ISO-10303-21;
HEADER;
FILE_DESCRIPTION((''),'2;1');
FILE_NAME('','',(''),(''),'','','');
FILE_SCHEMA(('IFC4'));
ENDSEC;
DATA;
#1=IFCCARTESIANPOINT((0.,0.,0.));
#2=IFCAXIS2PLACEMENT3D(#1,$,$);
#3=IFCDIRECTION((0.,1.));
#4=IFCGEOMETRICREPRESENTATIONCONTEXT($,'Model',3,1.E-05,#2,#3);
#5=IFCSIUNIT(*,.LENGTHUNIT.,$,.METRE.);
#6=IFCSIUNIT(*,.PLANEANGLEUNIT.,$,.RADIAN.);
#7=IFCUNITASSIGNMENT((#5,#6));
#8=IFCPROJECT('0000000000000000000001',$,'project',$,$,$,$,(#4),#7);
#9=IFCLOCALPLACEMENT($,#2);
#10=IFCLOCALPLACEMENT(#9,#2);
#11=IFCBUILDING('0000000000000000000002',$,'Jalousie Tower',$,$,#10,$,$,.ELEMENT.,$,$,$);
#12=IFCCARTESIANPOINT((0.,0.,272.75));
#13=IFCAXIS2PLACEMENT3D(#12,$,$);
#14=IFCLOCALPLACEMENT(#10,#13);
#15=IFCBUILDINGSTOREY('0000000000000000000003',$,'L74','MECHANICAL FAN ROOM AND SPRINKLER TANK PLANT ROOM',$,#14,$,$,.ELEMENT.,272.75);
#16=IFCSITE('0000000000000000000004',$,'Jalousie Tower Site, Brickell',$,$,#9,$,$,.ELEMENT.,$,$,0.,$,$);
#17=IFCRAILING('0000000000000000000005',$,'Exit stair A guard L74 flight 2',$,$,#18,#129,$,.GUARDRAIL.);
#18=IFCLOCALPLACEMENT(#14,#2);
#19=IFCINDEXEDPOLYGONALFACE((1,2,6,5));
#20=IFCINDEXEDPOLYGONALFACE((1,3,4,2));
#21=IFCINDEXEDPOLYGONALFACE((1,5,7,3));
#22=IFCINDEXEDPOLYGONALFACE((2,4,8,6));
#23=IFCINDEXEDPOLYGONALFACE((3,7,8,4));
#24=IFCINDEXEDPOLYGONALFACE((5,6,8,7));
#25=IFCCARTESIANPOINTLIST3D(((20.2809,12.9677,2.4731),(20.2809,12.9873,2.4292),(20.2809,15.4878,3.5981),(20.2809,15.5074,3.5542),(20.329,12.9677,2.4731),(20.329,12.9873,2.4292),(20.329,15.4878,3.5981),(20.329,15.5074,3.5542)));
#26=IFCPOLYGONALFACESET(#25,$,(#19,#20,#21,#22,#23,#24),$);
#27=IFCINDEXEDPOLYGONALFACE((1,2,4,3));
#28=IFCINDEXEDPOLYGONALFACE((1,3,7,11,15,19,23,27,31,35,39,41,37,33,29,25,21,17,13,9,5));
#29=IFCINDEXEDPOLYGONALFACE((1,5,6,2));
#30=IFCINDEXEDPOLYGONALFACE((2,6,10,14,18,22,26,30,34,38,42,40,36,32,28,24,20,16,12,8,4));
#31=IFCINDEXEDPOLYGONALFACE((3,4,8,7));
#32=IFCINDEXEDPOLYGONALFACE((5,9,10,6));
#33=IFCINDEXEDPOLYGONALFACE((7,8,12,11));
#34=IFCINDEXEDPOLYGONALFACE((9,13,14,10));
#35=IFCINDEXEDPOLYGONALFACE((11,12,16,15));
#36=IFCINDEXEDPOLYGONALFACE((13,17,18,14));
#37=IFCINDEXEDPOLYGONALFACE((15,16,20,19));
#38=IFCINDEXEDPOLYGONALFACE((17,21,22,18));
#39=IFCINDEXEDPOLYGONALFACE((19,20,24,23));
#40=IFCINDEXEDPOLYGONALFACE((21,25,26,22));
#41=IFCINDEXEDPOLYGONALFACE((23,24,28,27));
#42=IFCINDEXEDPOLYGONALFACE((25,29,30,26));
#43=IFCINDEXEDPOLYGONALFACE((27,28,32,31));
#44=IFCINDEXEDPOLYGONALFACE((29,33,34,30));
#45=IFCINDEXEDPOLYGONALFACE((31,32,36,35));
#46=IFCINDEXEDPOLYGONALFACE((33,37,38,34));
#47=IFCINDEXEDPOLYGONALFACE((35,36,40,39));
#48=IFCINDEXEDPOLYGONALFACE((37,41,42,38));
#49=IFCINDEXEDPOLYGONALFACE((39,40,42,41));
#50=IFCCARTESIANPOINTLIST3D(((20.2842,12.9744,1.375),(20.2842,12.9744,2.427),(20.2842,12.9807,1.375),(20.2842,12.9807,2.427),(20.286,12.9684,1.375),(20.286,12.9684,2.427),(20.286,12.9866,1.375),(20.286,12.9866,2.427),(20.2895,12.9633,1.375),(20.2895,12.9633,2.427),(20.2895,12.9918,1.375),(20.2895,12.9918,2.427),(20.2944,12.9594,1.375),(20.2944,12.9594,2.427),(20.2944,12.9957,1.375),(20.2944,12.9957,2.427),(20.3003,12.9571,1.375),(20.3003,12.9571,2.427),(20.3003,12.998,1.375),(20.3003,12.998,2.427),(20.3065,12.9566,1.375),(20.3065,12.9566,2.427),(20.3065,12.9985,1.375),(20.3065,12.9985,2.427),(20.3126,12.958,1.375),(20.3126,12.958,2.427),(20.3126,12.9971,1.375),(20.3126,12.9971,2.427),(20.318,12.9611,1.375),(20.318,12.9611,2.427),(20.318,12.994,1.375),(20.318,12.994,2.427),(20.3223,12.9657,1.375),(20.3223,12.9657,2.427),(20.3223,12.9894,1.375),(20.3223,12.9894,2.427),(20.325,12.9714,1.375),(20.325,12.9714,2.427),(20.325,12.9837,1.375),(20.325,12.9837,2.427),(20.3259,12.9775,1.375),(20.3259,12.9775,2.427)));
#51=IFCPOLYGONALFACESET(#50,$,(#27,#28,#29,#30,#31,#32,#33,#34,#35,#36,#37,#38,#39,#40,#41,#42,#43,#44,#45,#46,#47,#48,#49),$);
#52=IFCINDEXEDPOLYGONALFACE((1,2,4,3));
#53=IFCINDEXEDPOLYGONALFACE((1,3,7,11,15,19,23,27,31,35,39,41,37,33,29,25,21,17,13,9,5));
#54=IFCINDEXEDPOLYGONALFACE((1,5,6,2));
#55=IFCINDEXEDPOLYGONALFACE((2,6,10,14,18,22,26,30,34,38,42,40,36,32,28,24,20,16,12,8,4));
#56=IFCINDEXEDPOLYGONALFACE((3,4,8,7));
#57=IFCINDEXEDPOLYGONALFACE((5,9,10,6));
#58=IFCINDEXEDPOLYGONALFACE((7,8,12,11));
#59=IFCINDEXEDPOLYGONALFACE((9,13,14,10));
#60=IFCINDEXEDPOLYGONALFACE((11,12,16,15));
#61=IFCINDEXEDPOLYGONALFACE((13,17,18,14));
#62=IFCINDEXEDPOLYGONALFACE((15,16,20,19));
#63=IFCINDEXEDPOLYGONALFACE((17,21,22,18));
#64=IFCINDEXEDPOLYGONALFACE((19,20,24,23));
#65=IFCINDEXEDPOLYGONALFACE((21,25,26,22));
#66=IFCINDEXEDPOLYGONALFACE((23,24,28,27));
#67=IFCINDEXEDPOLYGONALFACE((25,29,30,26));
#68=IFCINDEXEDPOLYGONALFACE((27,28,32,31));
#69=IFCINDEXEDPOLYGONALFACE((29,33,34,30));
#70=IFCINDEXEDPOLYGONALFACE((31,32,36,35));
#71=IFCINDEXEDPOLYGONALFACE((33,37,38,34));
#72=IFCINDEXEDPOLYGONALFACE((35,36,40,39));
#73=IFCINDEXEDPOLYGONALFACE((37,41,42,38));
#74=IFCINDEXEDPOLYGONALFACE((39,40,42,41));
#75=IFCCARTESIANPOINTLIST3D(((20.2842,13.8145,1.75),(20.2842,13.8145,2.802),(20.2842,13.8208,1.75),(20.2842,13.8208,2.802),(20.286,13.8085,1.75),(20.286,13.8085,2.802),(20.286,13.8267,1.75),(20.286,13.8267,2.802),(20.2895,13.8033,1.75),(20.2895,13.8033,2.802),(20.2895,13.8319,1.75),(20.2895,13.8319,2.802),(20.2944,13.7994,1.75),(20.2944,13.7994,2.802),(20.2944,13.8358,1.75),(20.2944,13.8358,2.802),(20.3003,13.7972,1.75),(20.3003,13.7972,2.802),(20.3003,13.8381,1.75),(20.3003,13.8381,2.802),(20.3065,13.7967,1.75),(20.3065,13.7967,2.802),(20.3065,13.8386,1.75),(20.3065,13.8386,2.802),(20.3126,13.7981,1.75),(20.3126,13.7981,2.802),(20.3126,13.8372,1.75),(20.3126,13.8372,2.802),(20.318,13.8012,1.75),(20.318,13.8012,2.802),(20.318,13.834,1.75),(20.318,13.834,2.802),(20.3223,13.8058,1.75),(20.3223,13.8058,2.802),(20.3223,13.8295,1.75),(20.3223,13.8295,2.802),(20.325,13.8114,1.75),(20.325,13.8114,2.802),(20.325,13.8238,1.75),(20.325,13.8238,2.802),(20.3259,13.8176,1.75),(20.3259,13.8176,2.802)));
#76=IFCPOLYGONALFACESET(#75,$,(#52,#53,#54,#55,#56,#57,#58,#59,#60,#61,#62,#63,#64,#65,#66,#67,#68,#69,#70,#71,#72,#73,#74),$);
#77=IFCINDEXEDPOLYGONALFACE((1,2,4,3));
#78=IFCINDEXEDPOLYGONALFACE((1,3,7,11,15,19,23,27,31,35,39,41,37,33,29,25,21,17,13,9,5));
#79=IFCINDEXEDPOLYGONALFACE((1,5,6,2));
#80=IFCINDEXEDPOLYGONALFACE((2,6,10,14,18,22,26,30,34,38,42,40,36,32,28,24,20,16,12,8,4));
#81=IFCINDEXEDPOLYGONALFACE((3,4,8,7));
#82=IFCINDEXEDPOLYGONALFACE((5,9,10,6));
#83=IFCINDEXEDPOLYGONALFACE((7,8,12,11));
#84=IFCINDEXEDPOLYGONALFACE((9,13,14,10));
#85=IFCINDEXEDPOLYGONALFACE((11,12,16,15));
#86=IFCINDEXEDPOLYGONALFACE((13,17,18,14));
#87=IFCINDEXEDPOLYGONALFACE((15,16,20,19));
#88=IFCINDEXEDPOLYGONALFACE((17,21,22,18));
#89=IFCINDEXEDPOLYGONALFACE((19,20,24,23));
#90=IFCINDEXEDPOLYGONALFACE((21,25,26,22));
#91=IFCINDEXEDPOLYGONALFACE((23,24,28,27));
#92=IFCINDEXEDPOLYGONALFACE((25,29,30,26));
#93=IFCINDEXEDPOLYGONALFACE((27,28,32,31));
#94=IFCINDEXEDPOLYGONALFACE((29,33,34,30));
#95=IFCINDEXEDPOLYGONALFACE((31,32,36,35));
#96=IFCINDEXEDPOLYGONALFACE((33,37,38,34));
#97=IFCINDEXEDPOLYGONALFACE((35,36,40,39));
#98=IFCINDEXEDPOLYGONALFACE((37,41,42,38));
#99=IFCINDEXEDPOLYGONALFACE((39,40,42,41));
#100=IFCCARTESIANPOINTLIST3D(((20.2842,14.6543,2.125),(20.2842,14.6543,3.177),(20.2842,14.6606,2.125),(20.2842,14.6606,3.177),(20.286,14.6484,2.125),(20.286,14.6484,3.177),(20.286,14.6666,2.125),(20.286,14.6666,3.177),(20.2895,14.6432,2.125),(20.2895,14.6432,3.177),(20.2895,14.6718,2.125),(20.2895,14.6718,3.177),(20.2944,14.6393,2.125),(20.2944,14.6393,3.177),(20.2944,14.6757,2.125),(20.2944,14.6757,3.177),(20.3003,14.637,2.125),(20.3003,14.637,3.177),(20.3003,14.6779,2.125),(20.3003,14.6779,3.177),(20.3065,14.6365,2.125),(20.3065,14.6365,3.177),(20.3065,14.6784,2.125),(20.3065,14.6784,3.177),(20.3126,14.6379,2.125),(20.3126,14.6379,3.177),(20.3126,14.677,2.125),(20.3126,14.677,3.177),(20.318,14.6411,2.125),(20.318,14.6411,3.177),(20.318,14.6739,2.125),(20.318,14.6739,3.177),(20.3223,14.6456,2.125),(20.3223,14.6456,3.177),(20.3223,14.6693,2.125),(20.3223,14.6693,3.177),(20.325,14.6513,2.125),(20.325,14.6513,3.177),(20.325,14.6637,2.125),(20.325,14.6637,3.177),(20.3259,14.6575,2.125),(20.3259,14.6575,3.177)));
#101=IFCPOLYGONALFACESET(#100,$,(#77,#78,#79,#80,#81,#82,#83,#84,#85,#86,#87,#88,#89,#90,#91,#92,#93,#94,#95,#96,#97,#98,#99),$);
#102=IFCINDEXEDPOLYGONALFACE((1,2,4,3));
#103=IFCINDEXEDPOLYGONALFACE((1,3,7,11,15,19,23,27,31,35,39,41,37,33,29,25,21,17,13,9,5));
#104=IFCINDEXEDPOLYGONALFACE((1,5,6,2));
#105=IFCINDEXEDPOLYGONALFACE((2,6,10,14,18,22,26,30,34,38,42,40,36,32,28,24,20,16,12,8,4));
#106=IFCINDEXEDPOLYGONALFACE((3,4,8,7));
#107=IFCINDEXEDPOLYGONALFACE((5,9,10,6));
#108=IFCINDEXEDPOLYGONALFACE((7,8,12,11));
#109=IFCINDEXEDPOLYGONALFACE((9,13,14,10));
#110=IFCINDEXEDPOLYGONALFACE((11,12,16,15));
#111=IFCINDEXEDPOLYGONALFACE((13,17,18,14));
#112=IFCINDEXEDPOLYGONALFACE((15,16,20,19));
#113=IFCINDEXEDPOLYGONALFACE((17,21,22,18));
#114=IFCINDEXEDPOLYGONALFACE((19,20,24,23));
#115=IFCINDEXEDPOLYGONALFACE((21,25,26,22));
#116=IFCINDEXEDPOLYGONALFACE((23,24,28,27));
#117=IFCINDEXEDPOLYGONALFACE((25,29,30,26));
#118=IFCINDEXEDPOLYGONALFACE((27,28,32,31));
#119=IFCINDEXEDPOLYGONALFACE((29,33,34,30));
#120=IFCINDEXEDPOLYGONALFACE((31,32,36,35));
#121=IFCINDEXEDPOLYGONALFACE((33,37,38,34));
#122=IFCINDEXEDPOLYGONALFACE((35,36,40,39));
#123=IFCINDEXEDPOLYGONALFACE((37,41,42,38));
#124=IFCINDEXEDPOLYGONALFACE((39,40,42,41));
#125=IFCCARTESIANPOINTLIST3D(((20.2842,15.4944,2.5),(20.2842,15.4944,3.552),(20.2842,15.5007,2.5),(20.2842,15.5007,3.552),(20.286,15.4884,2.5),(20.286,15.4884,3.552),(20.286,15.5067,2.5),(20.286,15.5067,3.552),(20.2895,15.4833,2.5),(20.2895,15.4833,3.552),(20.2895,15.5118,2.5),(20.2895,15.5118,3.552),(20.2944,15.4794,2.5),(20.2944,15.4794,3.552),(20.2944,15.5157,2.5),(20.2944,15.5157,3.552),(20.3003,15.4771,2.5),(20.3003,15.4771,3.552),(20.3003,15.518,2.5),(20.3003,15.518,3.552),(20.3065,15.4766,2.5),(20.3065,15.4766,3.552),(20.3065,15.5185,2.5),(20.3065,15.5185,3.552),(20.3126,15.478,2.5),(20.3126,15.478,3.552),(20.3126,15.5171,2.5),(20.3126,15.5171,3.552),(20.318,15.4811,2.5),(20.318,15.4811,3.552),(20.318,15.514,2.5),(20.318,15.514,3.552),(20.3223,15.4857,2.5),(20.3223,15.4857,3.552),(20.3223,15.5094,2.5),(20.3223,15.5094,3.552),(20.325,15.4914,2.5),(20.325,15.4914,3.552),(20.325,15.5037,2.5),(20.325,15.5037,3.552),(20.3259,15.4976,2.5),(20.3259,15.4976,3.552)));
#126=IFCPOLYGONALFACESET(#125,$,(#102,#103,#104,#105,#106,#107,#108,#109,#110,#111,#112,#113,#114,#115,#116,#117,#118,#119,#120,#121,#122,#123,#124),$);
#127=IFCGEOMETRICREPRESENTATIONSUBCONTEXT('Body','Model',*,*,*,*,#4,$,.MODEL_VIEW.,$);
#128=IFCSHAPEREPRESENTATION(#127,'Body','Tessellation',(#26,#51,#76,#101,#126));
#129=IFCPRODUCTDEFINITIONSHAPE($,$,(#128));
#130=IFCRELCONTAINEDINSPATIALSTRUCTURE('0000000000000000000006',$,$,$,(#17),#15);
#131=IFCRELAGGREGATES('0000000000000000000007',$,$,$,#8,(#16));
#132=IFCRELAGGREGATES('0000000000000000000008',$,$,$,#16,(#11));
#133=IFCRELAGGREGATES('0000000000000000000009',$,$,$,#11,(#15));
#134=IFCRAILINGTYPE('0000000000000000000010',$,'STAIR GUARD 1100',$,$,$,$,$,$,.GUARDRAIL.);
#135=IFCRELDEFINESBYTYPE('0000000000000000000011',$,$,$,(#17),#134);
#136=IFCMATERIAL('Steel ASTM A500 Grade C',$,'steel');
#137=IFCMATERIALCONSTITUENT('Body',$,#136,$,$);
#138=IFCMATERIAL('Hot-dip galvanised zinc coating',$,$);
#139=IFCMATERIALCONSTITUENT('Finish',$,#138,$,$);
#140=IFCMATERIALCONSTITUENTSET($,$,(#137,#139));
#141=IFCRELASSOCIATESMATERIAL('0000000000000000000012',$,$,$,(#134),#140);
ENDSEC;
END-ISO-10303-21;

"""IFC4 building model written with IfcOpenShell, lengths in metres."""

from ifc_helpers import new_model, si_unit, direction, frame, origin, origin_2d, place, context, subcontext, project, spatial, rectangle, circle, extrude, material, constituent, constituent_set, type_object, element, save


model = new_model("IFC4")

# Units and contexts
model_context = context("Model", 3, precision=1e-05, world=origin(), true_north=direction((0.0, 1.0)))
body_context = subcontext(model_context, "Body", "Model", "MODEL_VIEW")
ifc_project = project(units=[si_unit("LENGTHUNIT", "METRE"), si_unit("PLANEANGLEUNIT", "RADIAN")], contexts=[model_context])

# Site, building, storey
site_placement = place(None, origin())
site = spatial("IfcSite", under=ifc_project, at=site_placement, Name="Jalousie Tower Site, Brickell", CompositionType="ELEMENT", RefElevation=0.0)
building_placement = place(site_placement, origin())
building = spatial("IfcBuilding", under=site, at=building_placement, Name="Jalousie Tower", CompositionType="ELEMENT")
storey_placement = place(building_placement, frame((0.0, 0.0, 272.75)))
storey = spatial("IfcBuildingStorey", under=building, at=storey_placement, Name="L74", Description="MECHANICAL FAN ROOM AND SPRINKLER TANK PLANT ROOM", CompositionType="ELEMENT", Elevation=272.75)

# Railing
ifc_material_1 = material(Name="Steel ASTM A500 Grade C", Category="steel")
ifc_constituent_1 = constituent(ifc_material_1, Name="Body")
ifc_material_2 = material(Name="Hot-dip galvanised zinc coating")
ifc_constituent_2 = constituent(ifc_material_2, Name="Finish")
ifc_constituent_set_1 = constituent_set(constituents=[ifc_constituent_1, ifc_constituent_2])
railing_type_1 = type_object("IfcRailingType", Name="STAIR GUARD 1100", PredefinedType="GUARDRAIL", material=ifc_constituent_set_1)
railing_1_placement = place(storey_placement, frame((20.3049, 12.9775, 1.375)))
element("IfcRailing", 1, at=railing_1_placement, inside=storey, type_object=railing_type_1, Name="Exit stair A guard L74 flight 2", PredefinedType="GUARDRAIL", context=body_context, shape_type="SweptSolid", body=[
    extrude(rectangle(XDim=0.0481, YDim=0.0481, at=origin_2d()), frame((0.0, 0.0, 1.0762), z_axis=(0.0, 0.913139, 0.407648), x_axis=(-1.0, 0.0, 0.0)), (0.0, 0.0, 1.0), 2.7598),
    extrude(circle(Radius=0.021, at=origin_2d()), origin(), (0.0, 0.0, 1.0), 1.052),
    extrude(circle(Radius=0.021, at=origin_2d()), frame((0.0, 0.8401, 0.375)), (0.0, 0.0, 1.0), 1.052),
    extrude(circle(Radius=0.021, at=origin_2d()), frame((0.0, 1.6799, 0.75)), (0.0, 0.0, 1.0), 1.052),
    extrude(circle(Radius=0.021, at=origin_2d()), frame((0.0, 2.52, 1.125)), (0.0, 0.0, 1.0), 1.052),
])

save(model, "model.ifc")
